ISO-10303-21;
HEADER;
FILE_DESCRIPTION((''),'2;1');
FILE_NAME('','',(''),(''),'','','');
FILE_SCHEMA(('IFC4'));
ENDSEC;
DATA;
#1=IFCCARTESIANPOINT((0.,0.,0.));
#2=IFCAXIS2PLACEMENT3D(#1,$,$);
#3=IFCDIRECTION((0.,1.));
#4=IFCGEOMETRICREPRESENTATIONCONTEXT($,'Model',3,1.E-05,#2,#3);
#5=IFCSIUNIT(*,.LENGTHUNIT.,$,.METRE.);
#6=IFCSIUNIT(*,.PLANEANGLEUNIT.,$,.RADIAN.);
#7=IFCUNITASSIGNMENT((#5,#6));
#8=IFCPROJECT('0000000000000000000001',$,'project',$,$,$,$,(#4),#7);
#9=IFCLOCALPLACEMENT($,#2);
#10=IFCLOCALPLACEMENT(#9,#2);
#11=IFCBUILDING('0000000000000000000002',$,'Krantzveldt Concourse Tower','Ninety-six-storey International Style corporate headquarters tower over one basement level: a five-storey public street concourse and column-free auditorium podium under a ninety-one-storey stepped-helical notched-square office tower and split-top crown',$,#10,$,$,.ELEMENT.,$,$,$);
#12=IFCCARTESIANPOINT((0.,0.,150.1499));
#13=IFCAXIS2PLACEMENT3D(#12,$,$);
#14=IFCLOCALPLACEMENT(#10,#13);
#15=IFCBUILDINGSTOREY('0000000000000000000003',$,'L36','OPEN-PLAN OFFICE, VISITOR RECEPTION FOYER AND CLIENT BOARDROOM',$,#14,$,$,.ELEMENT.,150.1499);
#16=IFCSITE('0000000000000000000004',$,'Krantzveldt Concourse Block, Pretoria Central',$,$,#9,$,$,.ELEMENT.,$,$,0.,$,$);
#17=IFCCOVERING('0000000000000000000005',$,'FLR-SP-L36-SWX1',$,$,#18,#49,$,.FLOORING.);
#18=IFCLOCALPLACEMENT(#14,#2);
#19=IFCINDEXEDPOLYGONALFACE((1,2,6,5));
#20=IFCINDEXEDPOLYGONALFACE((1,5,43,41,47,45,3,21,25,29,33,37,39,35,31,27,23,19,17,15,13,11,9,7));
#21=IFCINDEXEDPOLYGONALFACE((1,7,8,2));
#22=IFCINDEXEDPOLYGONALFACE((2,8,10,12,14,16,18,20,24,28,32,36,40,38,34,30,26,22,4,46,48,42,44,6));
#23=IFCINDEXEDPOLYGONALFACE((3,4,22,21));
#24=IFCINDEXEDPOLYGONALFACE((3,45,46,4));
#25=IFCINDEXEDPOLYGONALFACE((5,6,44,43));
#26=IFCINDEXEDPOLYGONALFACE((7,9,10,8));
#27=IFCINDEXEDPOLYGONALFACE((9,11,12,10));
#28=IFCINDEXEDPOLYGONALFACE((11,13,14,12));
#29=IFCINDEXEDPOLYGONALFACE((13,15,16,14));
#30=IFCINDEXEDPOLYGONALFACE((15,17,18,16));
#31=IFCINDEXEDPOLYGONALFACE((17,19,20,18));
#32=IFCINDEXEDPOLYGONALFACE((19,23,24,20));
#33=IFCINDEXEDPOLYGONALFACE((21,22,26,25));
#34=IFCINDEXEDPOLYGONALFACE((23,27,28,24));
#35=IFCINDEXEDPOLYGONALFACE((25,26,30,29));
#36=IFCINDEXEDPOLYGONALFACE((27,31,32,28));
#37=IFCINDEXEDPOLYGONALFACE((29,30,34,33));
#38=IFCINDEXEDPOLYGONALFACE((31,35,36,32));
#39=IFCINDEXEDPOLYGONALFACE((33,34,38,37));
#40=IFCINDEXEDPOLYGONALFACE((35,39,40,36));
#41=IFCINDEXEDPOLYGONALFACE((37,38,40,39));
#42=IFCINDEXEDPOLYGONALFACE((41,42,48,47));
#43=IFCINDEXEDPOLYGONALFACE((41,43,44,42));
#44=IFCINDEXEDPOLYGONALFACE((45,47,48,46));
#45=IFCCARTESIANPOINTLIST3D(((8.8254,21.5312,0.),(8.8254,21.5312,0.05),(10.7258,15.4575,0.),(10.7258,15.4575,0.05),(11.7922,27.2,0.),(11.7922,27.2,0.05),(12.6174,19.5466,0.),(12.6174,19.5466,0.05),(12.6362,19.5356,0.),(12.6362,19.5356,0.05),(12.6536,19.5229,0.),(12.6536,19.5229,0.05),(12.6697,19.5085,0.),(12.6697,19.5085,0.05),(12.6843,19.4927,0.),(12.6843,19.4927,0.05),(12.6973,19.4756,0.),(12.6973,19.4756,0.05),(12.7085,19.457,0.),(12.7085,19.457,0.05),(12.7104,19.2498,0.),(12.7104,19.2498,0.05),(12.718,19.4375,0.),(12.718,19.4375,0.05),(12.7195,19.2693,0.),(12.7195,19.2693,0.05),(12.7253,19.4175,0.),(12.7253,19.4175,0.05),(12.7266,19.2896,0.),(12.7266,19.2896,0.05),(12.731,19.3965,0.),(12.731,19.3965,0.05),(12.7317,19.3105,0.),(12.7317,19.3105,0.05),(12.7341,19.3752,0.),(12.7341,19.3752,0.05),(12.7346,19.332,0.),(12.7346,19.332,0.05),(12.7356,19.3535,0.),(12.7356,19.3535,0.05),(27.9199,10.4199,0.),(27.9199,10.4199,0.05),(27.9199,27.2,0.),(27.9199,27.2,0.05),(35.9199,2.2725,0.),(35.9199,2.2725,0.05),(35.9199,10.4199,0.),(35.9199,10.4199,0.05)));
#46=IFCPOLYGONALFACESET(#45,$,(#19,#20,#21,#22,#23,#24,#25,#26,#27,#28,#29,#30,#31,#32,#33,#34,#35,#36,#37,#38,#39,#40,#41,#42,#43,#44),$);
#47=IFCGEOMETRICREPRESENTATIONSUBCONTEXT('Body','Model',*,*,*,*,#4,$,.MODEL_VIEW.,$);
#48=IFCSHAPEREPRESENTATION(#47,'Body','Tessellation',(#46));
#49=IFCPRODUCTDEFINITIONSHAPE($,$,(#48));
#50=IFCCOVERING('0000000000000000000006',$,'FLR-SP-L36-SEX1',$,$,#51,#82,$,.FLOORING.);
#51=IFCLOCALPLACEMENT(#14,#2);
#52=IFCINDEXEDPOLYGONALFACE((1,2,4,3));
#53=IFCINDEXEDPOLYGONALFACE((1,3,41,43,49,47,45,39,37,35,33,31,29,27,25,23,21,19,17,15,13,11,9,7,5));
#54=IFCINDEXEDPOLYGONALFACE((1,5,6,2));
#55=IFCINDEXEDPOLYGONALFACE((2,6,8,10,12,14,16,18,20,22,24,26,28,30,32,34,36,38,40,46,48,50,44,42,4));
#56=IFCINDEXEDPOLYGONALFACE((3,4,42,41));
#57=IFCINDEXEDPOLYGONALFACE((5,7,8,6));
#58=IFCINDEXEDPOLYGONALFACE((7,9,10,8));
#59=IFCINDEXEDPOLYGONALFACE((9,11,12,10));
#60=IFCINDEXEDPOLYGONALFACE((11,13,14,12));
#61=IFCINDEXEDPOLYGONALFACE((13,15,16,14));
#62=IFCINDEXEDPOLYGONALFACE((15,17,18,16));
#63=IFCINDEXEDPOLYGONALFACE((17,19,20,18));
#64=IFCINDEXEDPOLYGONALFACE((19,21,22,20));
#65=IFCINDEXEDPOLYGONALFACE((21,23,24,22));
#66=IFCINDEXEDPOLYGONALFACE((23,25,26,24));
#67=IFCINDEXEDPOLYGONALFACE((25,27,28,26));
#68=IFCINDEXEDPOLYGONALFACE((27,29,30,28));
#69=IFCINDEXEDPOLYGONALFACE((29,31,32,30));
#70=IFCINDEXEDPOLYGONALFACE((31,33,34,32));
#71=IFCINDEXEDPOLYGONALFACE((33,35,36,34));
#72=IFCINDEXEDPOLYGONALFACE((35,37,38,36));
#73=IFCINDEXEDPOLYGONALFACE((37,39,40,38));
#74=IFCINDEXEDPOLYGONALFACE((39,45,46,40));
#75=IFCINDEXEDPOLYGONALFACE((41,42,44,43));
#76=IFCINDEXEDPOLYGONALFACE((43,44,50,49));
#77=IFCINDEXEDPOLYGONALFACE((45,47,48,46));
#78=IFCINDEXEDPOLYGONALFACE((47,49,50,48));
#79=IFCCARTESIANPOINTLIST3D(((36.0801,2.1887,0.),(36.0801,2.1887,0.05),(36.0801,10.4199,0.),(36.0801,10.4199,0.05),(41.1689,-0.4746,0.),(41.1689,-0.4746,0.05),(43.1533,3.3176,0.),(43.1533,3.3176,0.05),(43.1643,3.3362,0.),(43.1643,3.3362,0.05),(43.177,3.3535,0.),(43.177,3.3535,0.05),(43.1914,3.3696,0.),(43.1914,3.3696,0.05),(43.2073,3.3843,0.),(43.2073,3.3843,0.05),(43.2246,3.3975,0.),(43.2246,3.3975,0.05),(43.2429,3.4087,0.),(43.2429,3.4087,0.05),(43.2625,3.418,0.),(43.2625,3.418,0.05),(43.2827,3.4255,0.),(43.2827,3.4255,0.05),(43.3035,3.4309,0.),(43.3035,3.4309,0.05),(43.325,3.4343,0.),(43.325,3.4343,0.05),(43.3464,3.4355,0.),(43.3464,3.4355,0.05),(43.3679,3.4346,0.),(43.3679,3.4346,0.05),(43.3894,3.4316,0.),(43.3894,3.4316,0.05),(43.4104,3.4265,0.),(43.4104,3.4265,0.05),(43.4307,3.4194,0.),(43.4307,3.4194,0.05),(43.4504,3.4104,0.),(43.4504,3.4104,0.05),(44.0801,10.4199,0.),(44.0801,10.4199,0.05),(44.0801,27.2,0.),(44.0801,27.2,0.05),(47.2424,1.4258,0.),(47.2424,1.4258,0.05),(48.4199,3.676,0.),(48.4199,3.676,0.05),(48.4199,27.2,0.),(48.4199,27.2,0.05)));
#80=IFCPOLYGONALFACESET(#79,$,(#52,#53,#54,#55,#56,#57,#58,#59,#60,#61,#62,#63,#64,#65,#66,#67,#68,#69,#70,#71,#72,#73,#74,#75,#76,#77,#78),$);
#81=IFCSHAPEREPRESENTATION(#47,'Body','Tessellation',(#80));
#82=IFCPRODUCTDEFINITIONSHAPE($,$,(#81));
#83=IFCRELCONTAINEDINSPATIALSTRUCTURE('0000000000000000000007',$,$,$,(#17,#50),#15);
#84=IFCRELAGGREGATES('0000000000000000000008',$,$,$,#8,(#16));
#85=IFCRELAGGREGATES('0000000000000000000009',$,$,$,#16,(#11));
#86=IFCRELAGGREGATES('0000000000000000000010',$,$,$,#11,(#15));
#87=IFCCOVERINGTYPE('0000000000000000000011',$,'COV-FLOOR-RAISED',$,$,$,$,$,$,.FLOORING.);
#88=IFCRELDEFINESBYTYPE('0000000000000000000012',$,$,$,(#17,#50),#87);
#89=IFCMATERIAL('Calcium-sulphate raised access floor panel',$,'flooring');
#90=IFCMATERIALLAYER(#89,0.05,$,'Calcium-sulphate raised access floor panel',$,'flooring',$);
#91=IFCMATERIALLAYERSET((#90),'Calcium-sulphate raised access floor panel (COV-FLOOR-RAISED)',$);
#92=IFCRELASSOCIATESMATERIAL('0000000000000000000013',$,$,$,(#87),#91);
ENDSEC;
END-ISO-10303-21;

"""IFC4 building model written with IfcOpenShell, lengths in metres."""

from ifc_helpers import new_model, si_unit, direction, frame, origin, place, context, subcontext, project, spatial, polyline, outline, extrude, material, layer, layer_set, type_object, element, save


model = new_model("IFC4")

# Units and contexts
model_context = context("Model", 3, precision=1e-05, world=origin(), true_north=direction((0.0, 1.0)))
body_context = subcontext(model_context, "Body", "Model", "MODEL_VIEW")
ifc_project = project(units=[si_unit("LENGTHUNIT", "METRE"), si_unit("PLANEANGLEUNIT", "RADIAN")], contexts=[model_context])

# Site, building, storey
site_placement = place(None, origin())
site = spatial("IfcSite", under=ifc_project, at=site_placement, Name="Krantzveldt Concourse Block, Pretoria Central", CompositionType="ELEMENT", RefElevation=0.0)
building_placement = place(site_placement, origin())
building = spatial("IfcBuilding", under=site, at=building_placement, Name="Krantzveldt Concourse Tower", Description="Ninety-six-storey International Style corporate headquarters tower over one basement level: a five-storey public street concourse and column-free auditorium podium under a ninety-one-storey stepped-helical notched-square office tower and split-top crown", CompositionType="ELEMENT")
storey_placement = place(building_placement, frame((0.0, 0.0, 150.1499)))
storey = spatial("IfcBuildingStorey", under=building, at=storey_placement, Name="L36", Description="OPEN-PLAN OFFICE, VISITOR RECEPTION FOYER AND CLIENT BOARDROOM", CompositionType="ELEMENT", Elevation=150.1499)

# Coverings
ifc_material_1 = material(Name="Calcium-sulphate raised access floor panel", Category="flooring")
ifc_layer_1 = layer(ifc_material_1, 0.05, Name="Calcium-sulphate raised access floor panel", Category="flooring")
ifc_layer_set_1 = layer_set([ifc_layer_1], Name="Calcium-sulphate raised access floor panel (COV-FLOOR-RAISED)")
covering_type = type_object("IfcCoveringType", Name="COV-FLOOR-RAISED", PredefinedType="FLOORING", material=ifc_layer_set_1)
covering_1_placement = place(storey_placement, origin())
element("IfcCovering", 1, at=covering_1_placement, inside=storey, type_object=covering_type, Name="FLR-SP-L36-SWX1", PredefinedType="FLOORING", context=body_context, shape_type="SweptSolid", body=[
    extrude(outline(polyline([(27.9199, 10.4199), (35.9199, 10.4199), (35.9199, 2.2725), (10.7258, 15.4575), (12.7104, 19.2498), (12.7195, 19.2693), (12.7266, 19.2896), (12.7317, 19.3105), (12.7346, 19.332), (12.7356, 19.3535), (12.7341, 19.3752), (12.731, 19.3965), (12.7253, 19.4175), (12.718, 19.4375), (12.7085, 19.457), (12.6973, 19.4756), (12.6843, 19.4927), (12.6697, 19.5085), (12.6536, 19.5229), (12.6362, 19.5356), (12.6174, 19.5466), (8.8254, 21.5312), (11.7922, 27.2), (27.9199, 27.2), (27.9199, 10.4199)])), origin(), (0.0, 0.0, 1.0), 0.05),
])
covering_2_placement = place(storey_placement, origin())
element("IfcCovering", 2, at=covering_2_placement, inside=storey, type_object=covering_type, Name="FLR-SP-L36-SEX1", PredefinedType="FLOORING", context=body_context, shape_type="SweptSolid", body=[
    extrude(outline(polyline([(48.4199, 3.676), (47.2424, 1.4258), (43.4504, 3.4104), (43.4307, 3.4194), (43.4104, 3.4265), (43.3894, 3.4316), (43.3679, 3.4346), (43.3464, 3.4355), (43.325, 3.4343), (43.3035, 3.4309), (43.2827, 3.4255), (43.2625, 3.418), (43.2429, 3.4087), (43.2246, 3.3975), (43.2073, 3.3843), (43.1914, 3.3696), (43.177, 3.3535), (43.1643, 3.3362), (43.1533, 3.3176), (41.1689, -0.4746), (36.0801, 2.1887), (36.0801, 10.4199), (44.0801, 10.4199), (44.0801, 27.2), (48.4199, 27.2), (48.4199, 3.676)])), origin(), (0.0, 0.0, 1.0), 0.05),
])

save(model, "model.ifc")
